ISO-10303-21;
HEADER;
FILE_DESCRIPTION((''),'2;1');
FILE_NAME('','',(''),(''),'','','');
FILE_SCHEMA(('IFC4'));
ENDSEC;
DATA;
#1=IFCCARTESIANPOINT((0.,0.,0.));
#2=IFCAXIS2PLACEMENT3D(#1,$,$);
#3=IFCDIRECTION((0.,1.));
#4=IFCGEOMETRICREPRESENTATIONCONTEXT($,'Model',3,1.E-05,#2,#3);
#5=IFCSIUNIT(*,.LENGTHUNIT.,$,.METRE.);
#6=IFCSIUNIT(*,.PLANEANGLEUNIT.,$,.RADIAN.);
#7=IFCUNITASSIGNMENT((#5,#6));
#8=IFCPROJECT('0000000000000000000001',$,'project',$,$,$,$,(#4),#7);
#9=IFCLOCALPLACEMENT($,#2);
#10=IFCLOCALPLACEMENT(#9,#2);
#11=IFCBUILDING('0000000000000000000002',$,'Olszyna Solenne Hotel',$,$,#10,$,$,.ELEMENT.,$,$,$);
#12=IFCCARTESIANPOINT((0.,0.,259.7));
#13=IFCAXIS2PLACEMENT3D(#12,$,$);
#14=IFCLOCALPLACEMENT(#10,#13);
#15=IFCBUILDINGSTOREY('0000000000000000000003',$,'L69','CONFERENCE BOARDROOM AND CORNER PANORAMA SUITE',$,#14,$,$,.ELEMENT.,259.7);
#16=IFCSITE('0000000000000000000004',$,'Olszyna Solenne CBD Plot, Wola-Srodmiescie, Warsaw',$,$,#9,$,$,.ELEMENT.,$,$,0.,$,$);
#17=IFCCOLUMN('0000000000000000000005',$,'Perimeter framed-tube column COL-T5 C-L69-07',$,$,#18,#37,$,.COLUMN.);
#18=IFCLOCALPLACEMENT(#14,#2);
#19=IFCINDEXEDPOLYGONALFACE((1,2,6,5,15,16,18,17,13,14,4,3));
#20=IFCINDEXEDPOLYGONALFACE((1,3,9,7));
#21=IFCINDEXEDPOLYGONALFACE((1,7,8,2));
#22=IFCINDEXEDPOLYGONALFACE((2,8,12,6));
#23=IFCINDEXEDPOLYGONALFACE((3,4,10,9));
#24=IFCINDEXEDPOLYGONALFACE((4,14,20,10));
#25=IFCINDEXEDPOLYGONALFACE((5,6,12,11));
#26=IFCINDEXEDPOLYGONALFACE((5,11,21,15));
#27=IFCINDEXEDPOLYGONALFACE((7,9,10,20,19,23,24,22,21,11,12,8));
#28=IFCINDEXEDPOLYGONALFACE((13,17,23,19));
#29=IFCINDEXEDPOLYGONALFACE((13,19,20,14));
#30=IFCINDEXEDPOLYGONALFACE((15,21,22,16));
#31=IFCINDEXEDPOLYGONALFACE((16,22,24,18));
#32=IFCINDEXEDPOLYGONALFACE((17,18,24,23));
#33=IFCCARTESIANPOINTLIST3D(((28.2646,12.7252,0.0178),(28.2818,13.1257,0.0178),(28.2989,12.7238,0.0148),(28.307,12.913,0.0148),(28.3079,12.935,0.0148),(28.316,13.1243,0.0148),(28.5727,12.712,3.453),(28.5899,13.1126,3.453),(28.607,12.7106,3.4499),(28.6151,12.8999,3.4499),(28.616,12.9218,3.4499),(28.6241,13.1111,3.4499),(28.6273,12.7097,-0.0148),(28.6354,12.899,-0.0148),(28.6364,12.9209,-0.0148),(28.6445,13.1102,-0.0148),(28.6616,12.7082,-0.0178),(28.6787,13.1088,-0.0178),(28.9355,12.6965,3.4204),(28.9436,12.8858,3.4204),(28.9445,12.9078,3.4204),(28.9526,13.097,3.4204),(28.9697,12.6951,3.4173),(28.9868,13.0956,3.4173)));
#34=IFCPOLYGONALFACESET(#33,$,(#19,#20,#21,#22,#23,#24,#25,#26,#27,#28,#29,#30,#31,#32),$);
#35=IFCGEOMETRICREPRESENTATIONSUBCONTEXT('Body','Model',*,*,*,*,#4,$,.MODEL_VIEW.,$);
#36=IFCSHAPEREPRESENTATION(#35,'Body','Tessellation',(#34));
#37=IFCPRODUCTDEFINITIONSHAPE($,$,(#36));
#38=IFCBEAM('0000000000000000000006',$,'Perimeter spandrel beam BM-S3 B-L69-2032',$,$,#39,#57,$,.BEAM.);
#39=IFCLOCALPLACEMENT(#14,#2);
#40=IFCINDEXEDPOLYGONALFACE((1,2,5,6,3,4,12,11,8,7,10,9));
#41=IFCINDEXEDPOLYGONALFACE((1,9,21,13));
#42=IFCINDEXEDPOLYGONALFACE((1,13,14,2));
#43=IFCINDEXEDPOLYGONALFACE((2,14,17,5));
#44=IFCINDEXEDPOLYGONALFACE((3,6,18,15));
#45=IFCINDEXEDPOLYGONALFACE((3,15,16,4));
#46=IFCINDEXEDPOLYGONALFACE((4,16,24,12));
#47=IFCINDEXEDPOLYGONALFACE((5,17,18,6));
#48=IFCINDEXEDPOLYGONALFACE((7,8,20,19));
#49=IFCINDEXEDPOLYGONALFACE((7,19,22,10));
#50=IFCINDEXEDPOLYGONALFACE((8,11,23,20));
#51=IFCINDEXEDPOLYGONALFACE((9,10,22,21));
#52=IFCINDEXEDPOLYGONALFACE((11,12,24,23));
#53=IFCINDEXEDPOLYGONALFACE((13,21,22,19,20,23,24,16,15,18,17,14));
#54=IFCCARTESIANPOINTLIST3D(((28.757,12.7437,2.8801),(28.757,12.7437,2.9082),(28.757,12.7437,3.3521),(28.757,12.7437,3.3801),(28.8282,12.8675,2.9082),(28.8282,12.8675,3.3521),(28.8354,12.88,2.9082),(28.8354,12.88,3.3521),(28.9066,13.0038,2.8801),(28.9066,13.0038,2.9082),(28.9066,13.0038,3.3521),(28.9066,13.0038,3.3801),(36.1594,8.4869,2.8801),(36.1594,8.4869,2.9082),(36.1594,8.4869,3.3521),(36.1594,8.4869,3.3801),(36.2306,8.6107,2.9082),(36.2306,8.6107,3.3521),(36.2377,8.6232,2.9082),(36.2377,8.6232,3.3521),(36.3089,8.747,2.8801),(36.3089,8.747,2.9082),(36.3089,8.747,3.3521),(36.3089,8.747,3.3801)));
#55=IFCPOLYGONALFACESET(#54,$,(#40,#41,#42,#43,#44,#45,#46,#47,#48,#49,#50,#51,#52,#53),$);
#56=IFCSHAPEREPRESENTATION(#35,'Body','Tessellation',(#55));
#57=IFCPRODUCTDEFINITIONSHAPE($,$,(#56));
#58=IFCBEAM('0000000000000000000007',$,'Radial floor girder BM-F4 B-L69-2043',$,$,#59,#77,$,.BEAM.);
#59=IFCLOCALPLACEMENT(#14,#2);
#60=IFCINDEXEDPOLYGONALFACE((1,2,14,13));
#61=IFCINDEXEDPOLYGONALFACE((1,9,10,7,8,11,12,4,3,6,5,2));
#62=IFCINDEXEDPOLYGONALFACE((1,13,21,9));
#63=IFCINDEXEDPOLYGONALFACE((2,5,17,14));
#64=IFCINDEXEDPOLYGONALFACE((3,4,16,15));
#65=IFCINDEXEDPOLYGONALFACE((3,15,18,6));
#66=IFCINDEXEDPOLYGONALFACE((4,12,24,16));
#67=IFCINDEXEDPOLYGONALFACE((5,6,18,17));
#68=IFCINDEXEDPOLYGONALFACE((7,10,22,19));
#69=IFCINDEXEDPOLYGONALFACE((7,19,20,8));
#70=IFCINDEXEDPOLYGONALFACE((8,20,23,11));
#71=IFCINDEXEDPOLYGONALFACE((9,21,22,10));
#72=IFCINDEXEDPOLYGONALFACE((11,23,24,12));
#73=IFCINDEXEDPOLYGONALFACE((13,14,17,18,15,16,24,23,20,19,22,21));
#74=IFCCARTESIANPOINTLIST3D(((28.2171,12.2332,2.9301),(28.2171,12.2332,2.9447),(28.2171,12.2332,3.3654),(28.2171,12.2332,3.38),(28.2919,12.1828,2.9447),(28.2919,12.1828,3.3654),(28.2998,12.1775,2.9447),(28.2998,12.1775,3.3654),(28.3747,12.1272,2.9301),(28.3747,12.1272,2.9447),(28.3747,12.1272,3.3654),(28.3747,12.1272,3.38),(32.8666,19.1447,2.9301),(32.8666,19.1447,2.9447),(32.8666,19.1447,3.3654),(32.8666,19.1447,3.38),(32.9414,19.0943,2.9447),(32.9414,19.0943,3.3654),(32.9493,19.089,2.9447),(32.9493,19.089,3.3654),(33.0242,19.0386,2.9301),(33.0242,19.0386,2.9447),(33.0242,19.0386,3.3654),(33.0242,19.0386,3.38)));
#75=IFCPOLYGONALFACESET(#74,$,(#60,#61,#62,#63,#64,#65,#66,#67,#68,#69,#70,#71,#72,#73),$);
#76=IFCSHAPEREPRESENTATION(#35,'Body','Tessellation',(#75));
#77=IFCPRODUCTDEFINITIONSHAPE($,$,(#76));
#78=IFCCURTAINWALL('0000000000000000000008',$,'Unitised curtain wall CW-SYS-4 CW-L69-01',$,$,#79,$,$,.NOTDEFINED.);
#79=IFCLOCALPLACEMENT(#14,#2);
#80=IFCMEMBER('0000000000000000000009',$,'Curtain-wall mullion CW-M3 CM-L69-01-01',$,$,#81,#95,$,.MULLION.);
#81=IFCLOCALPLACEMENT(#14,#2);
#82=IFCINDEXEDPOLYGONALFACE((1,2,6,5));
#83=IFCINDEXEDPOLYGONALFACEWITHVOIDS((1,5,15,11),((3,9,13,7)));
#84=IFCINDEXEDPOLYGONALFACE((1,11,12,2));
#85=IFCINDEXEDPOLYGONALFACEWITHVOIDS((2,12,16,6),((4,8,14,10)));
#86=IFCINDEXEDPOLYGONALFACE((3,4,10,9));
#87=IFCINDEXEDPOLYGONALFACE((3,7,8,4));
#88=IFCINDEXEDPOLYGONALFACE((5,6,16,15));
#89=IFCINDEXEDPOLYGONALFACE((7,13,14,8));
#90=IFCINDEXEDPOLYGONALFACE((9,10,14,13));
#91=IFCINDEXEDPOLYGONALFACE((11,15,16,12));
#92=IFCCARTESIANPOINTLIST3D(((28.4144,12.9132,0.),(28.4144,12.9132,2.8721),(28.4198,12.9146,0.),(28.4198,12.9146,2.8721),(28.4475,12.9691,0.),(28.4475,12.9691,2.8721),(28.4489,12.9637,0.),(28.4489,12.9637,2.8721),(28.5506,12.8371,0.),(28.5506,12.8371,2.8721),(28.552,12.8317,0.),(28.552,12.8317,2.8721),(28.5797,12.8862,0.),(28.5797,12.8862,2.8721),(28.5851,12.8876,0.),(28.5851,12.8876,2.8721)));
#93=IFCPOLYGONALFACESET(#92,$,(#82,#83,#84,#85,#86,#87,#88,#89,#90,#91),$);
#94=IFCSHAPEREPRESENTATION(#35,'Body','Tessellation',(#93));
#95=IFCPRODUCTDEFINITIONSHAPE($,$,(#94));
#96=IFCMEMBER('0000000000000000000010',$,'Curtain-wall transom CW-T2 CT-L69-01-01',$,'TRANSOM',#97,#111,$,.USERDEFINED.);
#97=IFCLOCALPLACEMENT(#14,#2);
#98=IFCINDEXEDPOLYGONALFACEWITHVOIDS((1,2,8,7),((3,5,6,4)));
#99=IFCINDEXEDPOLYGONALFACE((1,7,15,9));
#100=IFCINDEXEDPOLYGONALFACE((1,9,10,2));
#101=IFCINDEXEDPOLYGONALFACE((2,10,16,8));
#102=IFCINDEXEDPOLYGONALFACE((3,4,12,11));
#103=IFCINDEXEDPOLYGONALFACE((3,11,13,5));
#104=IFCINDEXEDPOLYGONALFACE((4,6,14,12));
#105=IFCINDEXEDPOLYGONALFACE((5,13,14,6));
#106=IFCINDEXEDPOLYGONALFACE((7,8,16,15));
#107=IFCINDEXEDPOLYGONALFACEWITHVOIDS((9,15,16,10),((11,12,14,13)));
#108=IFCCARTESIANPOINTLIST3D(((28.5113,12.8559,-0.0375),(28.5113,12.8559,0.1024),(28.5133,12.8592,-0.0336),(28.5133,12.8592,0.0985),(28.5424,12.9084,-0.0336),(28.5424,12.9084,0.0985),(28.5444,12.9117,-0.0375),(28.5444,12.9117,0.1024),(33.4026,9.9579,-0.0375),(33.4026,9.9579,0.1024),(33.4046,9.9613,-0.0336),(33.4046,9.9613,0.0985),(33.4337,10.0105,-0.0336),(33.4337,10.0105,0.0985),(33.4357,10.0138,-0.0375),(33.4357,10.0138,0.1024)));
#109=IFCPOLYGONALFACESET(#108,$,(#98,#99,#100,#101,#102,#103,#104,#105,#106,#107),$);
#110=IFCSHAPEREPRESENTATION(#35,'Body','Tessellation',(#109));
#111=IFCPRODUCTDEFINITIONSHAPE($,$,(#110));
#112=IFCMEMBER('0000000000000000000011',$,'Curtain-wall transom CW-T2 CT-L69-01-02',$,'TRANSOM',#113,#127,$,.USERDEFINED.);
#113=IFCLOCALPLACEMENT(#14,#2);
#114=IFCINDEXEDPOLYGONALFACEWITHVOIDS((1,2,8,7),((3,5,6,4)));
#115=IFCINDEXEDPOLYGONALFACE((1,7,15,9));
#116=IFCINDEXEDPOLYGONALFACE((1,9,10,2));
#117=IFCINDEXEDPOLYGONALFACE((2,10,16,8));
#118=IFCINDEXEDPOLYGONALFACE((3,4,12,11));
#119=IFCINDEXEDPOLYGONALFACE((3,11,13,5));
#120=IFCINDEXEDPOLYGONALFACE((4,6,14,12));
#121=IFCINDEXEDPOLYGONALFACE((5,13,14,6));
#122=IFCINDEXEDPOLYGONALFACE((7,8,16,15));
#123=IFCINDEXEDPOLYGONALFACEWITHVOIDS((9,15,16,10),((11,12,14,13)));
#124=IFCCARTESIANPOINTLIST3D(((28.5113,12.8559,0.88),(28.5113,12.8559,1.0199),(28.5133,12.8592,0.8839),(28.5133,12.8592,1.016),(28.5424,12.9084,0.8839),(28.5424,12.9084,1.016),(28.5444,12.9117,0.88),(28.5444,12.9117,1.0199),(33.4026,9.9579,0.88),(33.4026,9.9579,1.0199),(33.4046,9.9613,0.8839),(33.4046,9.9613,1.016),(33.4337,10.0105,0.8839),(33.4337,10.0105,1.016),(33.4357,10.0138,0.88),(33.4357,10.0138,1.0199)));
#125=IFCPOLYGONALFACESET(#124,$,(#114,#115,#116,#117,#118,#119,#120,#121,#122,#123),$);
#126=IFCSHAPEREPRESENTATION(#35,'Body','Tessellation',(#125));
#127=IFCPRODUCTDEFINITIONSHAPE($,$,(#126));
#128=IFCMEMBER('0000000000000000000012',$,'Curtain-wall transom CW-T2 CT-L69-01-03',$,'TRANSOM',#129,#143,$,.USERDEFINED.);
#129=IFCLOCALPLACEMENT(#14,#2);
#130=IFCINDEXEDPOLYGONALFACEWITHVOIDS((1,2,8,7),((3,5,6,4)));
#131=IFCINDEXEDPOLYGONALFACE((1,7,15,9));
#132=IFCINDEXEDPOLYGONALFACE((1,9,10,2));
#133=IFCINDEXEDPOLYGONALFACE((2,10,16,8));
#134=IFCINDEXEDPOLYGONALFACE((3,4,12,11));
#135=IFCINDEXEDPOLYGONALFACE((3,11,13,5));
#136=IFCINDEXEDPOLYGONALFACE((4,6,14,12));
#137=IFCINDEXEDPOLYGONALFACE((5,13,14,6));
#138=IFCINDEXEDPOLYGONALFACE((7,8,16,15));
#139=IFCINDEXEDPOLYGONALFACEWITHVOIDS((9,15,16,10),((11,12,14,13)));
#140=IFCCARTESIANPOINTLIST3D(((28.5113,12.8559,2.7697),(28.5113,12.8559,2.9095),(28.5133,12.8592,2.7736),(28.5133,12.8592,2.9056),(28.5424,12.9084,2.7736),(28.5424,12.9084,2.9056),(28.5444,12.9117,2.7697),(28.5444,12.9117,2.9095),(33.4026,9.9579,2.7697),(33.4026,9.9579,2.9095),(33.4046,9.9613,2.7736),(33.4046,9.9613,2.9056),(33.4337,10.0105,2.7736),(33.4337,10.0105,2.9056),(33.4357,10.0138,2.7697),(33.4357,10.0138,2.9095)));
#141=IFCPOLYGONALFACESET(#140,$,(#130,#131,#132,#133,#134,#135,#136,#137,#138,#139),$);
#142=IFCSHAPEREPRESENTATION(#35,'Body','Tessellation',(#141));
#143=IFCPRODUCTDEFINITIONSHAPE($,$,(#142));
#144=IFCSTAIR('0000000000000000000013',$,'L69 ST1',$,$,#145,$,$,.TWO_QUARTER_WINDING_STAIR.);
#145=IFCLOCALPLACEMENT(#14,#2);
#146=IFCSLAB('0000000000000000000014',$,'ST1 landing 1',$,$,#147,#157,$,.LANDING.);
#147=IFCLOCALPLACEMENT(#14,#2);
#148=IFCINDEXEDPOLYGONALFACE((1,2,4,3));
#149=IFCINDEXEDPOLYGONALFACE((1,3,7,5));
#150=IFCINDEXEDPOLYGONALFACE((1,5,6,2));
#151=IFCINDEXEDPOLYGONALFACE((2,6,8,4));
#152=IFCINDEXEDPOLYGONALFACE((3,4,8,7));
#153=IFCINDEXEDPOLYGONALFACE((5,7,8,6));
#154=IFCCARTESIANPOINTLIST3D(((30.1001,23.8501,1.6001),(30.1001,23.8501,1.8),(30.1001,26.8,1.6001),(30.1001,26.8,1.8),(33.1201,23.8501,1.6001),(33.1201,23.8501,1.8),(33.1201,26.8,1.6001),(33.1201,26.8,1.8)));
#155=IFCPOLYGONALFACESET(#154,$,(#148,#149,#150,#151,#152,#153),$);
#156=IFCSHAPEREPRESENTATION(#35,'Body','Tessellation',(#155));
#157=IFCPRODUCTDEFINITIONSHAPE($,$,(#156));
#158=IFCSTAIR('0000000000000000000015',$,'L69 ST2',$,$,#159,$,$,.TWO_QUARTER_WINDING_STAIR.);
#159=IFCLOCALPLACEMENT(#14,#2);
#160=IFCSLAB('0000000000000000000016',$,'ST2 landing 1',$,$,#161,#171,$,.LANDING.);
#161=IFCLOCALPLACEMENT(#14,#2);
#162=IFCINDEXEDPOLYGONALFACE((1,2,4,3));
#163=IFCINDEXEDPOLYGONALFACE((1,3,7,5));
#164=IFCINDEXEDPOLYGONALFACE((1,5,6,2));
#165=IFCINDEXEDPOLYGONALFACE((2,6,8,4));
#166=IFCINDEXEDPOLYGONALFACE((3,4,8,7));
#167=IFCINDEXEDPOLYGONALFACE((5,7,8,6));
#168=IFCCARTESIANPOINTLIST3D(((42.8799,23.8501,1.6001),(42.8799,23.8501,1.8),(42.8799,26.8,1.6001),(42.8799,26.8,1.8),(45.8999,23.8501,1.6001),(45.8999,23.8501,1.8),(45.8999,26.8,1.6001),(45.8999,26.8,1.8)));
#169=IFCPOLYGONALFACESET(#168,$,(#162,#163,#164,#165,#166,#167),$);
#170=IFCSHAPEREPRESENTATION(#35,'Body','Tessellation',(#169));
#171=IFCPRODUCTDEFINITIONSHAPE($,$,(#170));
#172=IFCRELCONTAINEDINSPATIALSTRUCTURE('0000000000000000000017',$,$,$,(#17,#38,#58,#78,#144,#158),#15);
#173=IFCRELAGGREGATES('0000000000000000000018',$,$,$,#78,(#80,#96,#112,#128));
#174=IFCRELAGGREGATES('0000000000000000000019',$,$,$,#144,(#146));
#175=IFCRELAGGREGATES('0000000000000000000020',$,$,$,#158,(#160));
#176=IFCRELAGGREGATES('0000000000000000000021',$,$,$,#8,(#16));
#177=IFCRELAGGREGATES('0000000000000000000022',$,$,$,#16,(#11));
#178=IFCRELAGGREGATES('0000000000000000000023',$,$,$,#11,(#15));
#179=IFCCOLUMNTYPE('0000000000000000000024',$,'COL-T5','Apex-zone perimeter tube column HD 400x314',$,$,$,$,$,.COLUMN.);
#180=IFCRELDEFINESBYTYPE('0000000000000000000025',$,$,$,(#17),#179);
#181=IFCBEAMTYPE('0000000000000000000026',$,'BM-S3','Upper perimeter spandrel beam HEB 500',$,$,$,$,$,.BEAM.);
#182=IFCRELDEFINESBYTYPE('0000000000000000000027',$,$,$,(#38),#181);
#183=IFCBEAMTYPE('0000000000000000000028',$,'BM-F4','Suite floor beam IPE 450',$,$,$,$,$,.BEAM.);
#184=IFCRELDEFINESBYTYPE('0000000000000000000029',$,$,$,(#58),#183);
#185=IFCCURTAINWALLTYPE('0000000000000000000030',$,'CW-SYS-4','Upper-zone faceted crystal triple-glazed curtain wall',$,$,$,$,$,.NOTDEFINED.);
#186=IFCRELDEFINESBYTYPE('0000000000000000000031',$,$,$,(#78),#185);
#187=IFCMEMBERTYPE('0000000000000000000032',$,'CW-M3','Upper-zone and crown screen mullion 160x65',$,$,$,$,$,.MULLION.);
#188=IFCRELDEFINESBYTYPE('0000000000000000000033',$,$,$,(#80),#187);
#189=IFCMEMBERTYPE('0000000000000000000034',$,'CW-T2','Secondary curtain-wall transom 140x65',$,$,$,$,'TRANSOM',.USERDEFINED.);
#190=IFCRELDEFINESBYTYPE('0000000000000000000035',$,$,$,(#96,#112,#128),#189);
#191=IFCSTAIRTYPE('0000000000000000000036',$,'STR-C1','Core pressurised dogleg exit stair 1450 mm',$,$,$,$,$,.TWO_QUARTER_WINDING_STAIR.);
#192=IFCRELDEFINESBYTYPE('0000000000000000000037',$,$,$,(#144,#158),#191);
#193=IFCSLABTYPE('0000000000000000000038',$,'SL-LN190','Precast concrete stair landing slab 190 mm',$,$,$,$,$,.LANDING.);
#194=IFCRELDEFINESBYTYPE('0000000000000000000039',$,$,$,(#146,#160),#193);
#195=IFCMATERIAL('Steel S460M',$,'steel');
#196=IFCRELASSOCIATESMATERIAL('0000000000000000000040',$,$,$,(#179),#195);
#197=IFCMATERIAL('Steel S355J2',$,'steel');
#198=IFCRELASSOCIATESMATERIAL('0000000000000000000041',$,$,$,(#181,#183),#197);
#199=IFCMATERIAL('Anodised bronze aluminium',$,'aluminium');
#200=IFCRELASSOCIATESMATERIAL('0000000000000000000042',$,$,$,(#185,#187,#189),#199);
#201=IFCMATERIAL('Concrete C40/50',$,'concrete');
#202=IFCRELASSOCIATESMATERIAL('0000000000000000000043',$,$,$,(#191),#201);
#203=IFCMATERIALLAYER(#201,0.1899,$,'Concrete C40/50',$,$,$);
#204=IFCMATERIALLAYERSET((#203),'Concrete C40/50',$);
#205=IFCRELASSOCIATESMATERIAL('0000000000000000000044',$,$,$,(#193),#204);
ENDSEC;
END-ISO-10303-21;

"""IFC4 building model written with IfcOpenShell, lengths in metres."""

from ifc_helpers import new_model, si_unit, direction, frame, origin, origin_2d, place, context, subcontext, project, spatial, polyline, hollow_rectangle, i_section, outline, extrude, source, transform, mapped, material, layer, layer_set, material_profile, profile_set, type_object, element, aggregate, save


model = new_model("IFC4")

# Units and contexts
model_context = context("Model", 3, precision=1e-05, world=origin(), true_north=direction((0.0, 1.0)))
body_context = subcontext(model_context, "Body", "Model", "MODEL_VIEW")
ifc_project = project(units=[si_unit("LENGTHUNIT", "METRE"), si_unit("PLANEANGLEUNIT", "RADIAN")], contexts=[model_context])

# Site, building, storey
site_placement = place(None, origin())
site = spatial("IfcSite", under=ifc_project, at=site_placement, Name="Olszyna Solenne CBD Plot, Wola-Srodmiescie, Warsaw", CompositionType="ELEMENT", RefElevation=0.0)
building_placement = place(site_placement, origin())
building = spatial("IfcBuilding", under=site, at=building_placement, Name="Olszyna Solenne Hotel", CompositionType="ELEMENT")
storey_placement = place(building_placement, frame((0.0, 0.0, 259.7)))
storey = spatial("IfcBuildingStorey", under=building, at=storey_placement, Name="L69", Description="CONFERENCE BOARDROOM AND CORNER PANORAMA SUITE", CompositionType="ELEMENT", Elevation=259.7)

# Column
ifc_material_1 = material(Name="Steel S460M", Category="steel")
ifc_material_profile_1 = material_profile(ifc_material_1, i_section(OverallWidth=0.4009, OverallDepth=0.3989, WebThickness=0.022, FlangeThickness=0.0344, at=origin_2d()), Name="HD 400x314", Category="load-bearing")
ifc_profile_set_1 = profile_set([ifc_material_profile_1], Name="Steel S460M")
column_type = type_object("IfcColumnType", Name="COL-T5", Description="Apex-zone perimeter tube column HD 400x314", PredefinedType="COLUMN", material=ifc_profile_set_1)
shared_shape_1 = source(origin(), body_context, "Body", "SweptSolid", [
    extrude(i_section(OverallWidth=0.4009, OverallDepth=0.3989, WebThickness=0.022, FlangeThickness=0.0344, at=origin_2d()), origin(), (0.0, 0.0, 1.0), 3.449),
])
column_placement = place(storey_placement, frame((28.4717, 12.917, 0.0), z_axis=(0.089335, -0.003823, 0.995994), x_axis=(0.04275, 0.999086, 0.0)))
element("IfcColumn", 1, at=column_placement, inside=storey, type_object=column_type, Name="Perimeter framed-tube column COL-T5 C-L69-07", PredefinedType="COLUMN", context=body_context, shape_type="MappedRepresentation", body=[
    mapped(shared_shape_1, transform((0.0, 0.0, 0.0), x_axis=(1.0, 0.0, 0.0), y_axis=(0.0, 1.0, 0.0), z_axis=(0.0, 0.0, 1.0), scale=1.0)),
])

# Beams
ifc_material_2 = material(Name="Steel S355J2", Category="steel")
ifc_material_profile_2 = material_profile(ifc_material_2, i_section(OverallWidth=0.3, OverallDepth=0.5, WebThickness=0.0144, FlangeThickness=0.0281, at=origin_2d()), Name="HEB 500", Category="load-bearing")
ifc_profile_set_2 = profile_set([ifc_material_profile_2], Name="Steel S355J2")
beam_type_1 = type_object("IfcBeamType", Name="BM-S3", Description="Upper perimeter spandrel beam HEB 500", PredefinedType="BEAM", material=ifc_profile_set_2)
shared_shape_2 = source(origin(), body_context, "Body", "SweptSolid", [
    extrude(i_section(OverallWidth=0.3, OverallDepth=0.5, WebThickness=0.0144, FlangeThickness=0.0281, at=origin_2d()), origin(), (0.0, 0.0, 1.0), 8.5391),
])
beam_1_placement = place(storey_placement, frame((28.8318, 12.8738, 3.1301), z_axis=(0.866882, -0.498514, 0.0), x_axis=(0.498514, 0.866882, 0.0)))
element("IfcBeam", 2, at=beam_1_placement, inside=storey, type_object=beam_type_1, Name="Perimeter spandrel beam BM-S3 B-L69-2032", PredefinedType="BEAM", context=body_context, shape_type="MappedRepresentation", body=[
    mapped(shared_shape_2, transform((0.0, 0.0, 0.0), x_axis=(1.0, 0.0, 0.0), y_axis=(0.0, 1.0, 0.0), z_axis=(0.0, 0.0, 1.0), scale=1.0)),
])
ifc_material_profile_3 = material_profile(ifc_material_2, i_section(OverallWidth=0.1899, OverallDepth=0.45, WebThickness=0.0095, FlangeThickness=0.0146, at=origin_2d()), Name="IPE 450", Category="load-bearing")
ifc_profile_set_3 = profile_set([ifc_material_profile_3], Name="Steel S355J2")
beam_type_2 = type_object("IfcBeamType", Name="BM-F4", Description="Suite floor beam IPE 450", PredefinedType="BEAM", material=ifc_profile_set_3)
shared_shape_3 = source(origin(), body_context, "Body", "SweptSolid", [
    extrude(i_section(OverallWidth=0.1899, OverallDepth=0.45, WebThickness=0.0095, FlangeThickness=0.0146, at=origin_2d()), origin(), (0.0, 0.0, 1.0), 8.3298),
])
beam_2_placement = place(storey_placement, frame((28.2959, 12.1802, 3.155), z_axis=(0.558172, 0.829725, 0.0), x_axis=(-0.829725, 0.558172, 0.0)))
element("IfcBeam", 3, at=beam_2_placement, inside=storey, type_object=beam_type_2, Name="Radial floor girder BM-F4 B-L69-2043", PredefinedType="BEAM", context=body_context, shape_type="MappedRepresentation", body=[
    mapped(shared_shape_3, transform((0.0, 0.0, 0.0), x_axis=(1.0, 0.0, 0.0), y_axis=(0.0, 1.0, 0.0), z_axis=(0.0, 0.0, 1.0), scale=1.0)),
])

# Curtain wall, members
ifc_material_3 = material(Name="Anodised bronze aluminium", Category="aluminium")
curtain_wall_type = type_object("IfcCurtainWallType", Name="CW-SYS-4", Description="Upper-zone faceted crystal triple-glazed curtain wall", PredefinedType="NOTDEFINED", material=ifc_material_3)
curtain_wall_placement = place(storey_placement, origin())
curtain_wall = element("IfcCurtainWall", 4, at=curtain_wall_placement, inside=storey, type_object=curtain_wall_type, Name="Unitised curtain wall CW-SYS-4 CW-L69-01", PredefinedType="NOTDEFINED")
ifc_material_profile_4 = material_profile(ifc_material_3, hollow_rectangle(XDim=0.0649, YDim=0.1599, WallThickness=0.0039, at=origin_2d()), Name="MULL 160x65x4", Category="load-bearing")
ifc_profile_set_4 = profile_set([ifc_material_profile_4], Name="Anodised bronze aluminium")
member_type_1 = type_object("IfcMemberType", Name="CW-M3", Description="Upper-zone and crown screen mullion 160x65", PredefinedType="MULLION", material=ifc_profile_set_4)
shared_shape_4 = source(origin(), body_context, "Body", "SweptSolid", [
    extrude(hollow_rectangle(XDim=0.0649, YDim=0.1599, WallThickness=0.0039, at=origin_2d()), origin(), (0.0, 0.0, 1.0), 2.8721),
])
member_1_placement = place(storey_placement, frame((28.4998, 12.9004, 0.0), z_axis=(0.0, 0.0, 1.0), x_axis=(0.509709, 0.860347, 0.0)))
member_1 = element("IfcMember", 5, at=member_1_placement, type_object=member_type_1, Name="Curtain-wall mullion CW-M3 CM-L69-01-01", PredefinedType="MULLION", context=body_context, shape_type="MappedRepresentation", body=[
    mapped(shared_shape_4, transform((0.0, 0.0, 0.0), x_axis=(1.0, 0.0, 0.0), y_axis=(0.0, 1.0, 0.0), z_axis=(0.0, 0.0, 1.0), scale=1.0)),
])
ifc_material_profile_5 = material_profile(ifc_material_3, hollow_rectangle(XDim=0.0649, YDim=0.1399, WallThickness=0.0039, at=origin_2d()), Name="TRAN 140x65x4", Category="load-bearing")
ifc_profile_set_5 = profile_set([ifc_material_profile_5], Name="Anodised bronze aluminium")
member_type_2 = type_object("IfcMemberType", Name="CW-T2", Description="Secondary curtain-wall transom 140x65", ElementType="TRANSOM", PredefinedType="USERDEFINED", material=ifc_profile_set_5)
shared_shape_5 = source(origin(), body_context, "Body", "SweptSolid", [
    extrude(hollow_rectangle(XDim=0.0649, YDim=0.1399, WallThickness=0.0039, at=origin_2d()), origin(), (0.0, 0.0, 1.0), 5.6853),
])
member_2_placement = place(storey_placement, frame((28.5278, 12.8838, 0.0325), z_axis=(0.86034, -0.50972, 0.0), x_axis=(0.50972, 0.86034, 0.0)))
member_2 = element("IfcMember", 6, at=member_2_placement, type_object=member_type_2, Name="Curtain-wall transom CW-T2 CT-L69-01-01", ObjectType="TRANSOM", PredefinedType="USERDEFINED", context=body_context, shape_type="MappedRepresentation", body=[
    mapped(shared_shape_5, transform((0.0, 0.0, 0.0), x_axis=(1.0, 0.0, 0.0), y_axis=(0.0, 1.0, 0.0), z_axis=(0.0, 0.0, 1.0), scale=1.0)),
])
member_3_placement = place(storey_placement, frame((28.5278, 12.8838, 0.95), z_axis=(0.86034, -0.50972, 0.0), x_axis=(0.50972, 0.86034, 0.0)))
member_3 = element("IfcMember", 7, at=member_3_placement, type_object=member_type_2, Name="Curtain-wall transom CW-T2 CT-L69-01-02", ObjectType="TRANSOM", PredefinedType="USERDEFINED", context=body_context, shape_type="MappedRepresentation", body=[
    mapped(shared_shape_5, transform((0.0, 0.0, 0.0), x_axis=(1.0, 0.0, 0.0), y_axis=(0.0, 1.0, 0.0), z_axis=(0.0, 0.0, 1.0), scale=1.0)),
])
member_4_placement = place(storey_placement, frame((28.5278, 12.8838, 2.8396), z_axis=(0.86034, -0.50972, 0.0), x_axis=(0.50972, 0.86034, 0.0)))
member_4 = element("IfcMember", 8, at=member_4_placement, type_object=member_type_2, Name="Curtain-wall transom CW-T2 CT-L69-01-03", ObjectType="TRANSOM", PredefinedType="USERDEFINED", context=body_context, shape_type="MappedRepresentation", body=[
    mapped(shared_shape_5, transform((0.0, 0.0, 0.0), x_axis=(1.0, 0.0, 0.0), y_axis=(0.0, 1.0, 0.0), z_axis=(0.0, 0.0, 1.0), scale=1.0)),
])
aggregate(curtain_wall, [member_1, member_2, member_3, member_4])

# Stairs, slabs
ifc_material_4 = material(Name="Concrete C40/50", Category="concrete")
stair_type = type_object("IfcStairType", Name="STR-C1", Description="Core pressurised dogleg exit stair 1450 mm", PredefinedType="TWO_QUARTER_WINDING_STAIR", material=ifc_material_4)
stair_1_placement = place(storey_placement, origin())
stair_1 = element("IfcStair", 9, at=stair_1_placement, inside=storey, type_object=stair_type, Name="L69 ST1", PredefinedType="TWO_QUARTER_WINDING_STAIR")
ifc_layer_1 = layer(ifc_material_4, 0.1899, Name="Concrete C40/50")
ifc_layer_set_1 = layer_set([ifc_layer_1], Name="Concrete C40/50")
slab_type_1 = type_object("IfcSlabType", Name="SL-LN190", Description="Precast concrete stair landing slab 190 mm", PredefinedType="LANDING", material=ifc_layer_set_1)
slab_1_placement = place(storey_placement, frame((0.0, 0.0, 1.6001)))
slab_1 = element("IfcSlab", 10, at=slab_1_placement, type_object=slab_type_1, Name="ST1 landing 1", PredefinedType="LANDING", context=body_context, shape_type="SweptSolid", body=[
    extrude(outline(polyline([(33.1201, 23.8501), (33.1201, 26.8), (30.1001, 26.8), (30.1001, 23.8501), (33.1201, 23.8501)])), origin(), (0.0, 0.0, 1.0), 0.2),
])
aggregate(stair_1, [slab_1])
stair_2_placement = place(storey_placement, origin())
stair_2 = element("IfcStair", 11, at=stair_2_placement, inside=storey, type_object=stair_type, Name="L69 ST2", PredefinedType="TWO_QUARTER_WINDING_STAIR")
slab_2_placement = place(storey_placement, frame((0.0, 0.0, 1.6001)))
slab_2 = element("IfcSlab", 12, at=slab_2_placement, type_object=slab_type_1, Name="ST2 landing 1", PredefinedType="LANDING", context=body_context, shape_type="SweptSolid", body=[
    extrude(outline(polyline([(45.8999, 23.8501), (45.8999, 26.8), (42.8799, 26.8), (42.8799, 23.8501), (45.8999, 23.8501)])), origin(), (0.0, 0.0, 1.0), 0.2),
])
aggregate(stair_2, [slab_2])

save(model, "model.ifc")
